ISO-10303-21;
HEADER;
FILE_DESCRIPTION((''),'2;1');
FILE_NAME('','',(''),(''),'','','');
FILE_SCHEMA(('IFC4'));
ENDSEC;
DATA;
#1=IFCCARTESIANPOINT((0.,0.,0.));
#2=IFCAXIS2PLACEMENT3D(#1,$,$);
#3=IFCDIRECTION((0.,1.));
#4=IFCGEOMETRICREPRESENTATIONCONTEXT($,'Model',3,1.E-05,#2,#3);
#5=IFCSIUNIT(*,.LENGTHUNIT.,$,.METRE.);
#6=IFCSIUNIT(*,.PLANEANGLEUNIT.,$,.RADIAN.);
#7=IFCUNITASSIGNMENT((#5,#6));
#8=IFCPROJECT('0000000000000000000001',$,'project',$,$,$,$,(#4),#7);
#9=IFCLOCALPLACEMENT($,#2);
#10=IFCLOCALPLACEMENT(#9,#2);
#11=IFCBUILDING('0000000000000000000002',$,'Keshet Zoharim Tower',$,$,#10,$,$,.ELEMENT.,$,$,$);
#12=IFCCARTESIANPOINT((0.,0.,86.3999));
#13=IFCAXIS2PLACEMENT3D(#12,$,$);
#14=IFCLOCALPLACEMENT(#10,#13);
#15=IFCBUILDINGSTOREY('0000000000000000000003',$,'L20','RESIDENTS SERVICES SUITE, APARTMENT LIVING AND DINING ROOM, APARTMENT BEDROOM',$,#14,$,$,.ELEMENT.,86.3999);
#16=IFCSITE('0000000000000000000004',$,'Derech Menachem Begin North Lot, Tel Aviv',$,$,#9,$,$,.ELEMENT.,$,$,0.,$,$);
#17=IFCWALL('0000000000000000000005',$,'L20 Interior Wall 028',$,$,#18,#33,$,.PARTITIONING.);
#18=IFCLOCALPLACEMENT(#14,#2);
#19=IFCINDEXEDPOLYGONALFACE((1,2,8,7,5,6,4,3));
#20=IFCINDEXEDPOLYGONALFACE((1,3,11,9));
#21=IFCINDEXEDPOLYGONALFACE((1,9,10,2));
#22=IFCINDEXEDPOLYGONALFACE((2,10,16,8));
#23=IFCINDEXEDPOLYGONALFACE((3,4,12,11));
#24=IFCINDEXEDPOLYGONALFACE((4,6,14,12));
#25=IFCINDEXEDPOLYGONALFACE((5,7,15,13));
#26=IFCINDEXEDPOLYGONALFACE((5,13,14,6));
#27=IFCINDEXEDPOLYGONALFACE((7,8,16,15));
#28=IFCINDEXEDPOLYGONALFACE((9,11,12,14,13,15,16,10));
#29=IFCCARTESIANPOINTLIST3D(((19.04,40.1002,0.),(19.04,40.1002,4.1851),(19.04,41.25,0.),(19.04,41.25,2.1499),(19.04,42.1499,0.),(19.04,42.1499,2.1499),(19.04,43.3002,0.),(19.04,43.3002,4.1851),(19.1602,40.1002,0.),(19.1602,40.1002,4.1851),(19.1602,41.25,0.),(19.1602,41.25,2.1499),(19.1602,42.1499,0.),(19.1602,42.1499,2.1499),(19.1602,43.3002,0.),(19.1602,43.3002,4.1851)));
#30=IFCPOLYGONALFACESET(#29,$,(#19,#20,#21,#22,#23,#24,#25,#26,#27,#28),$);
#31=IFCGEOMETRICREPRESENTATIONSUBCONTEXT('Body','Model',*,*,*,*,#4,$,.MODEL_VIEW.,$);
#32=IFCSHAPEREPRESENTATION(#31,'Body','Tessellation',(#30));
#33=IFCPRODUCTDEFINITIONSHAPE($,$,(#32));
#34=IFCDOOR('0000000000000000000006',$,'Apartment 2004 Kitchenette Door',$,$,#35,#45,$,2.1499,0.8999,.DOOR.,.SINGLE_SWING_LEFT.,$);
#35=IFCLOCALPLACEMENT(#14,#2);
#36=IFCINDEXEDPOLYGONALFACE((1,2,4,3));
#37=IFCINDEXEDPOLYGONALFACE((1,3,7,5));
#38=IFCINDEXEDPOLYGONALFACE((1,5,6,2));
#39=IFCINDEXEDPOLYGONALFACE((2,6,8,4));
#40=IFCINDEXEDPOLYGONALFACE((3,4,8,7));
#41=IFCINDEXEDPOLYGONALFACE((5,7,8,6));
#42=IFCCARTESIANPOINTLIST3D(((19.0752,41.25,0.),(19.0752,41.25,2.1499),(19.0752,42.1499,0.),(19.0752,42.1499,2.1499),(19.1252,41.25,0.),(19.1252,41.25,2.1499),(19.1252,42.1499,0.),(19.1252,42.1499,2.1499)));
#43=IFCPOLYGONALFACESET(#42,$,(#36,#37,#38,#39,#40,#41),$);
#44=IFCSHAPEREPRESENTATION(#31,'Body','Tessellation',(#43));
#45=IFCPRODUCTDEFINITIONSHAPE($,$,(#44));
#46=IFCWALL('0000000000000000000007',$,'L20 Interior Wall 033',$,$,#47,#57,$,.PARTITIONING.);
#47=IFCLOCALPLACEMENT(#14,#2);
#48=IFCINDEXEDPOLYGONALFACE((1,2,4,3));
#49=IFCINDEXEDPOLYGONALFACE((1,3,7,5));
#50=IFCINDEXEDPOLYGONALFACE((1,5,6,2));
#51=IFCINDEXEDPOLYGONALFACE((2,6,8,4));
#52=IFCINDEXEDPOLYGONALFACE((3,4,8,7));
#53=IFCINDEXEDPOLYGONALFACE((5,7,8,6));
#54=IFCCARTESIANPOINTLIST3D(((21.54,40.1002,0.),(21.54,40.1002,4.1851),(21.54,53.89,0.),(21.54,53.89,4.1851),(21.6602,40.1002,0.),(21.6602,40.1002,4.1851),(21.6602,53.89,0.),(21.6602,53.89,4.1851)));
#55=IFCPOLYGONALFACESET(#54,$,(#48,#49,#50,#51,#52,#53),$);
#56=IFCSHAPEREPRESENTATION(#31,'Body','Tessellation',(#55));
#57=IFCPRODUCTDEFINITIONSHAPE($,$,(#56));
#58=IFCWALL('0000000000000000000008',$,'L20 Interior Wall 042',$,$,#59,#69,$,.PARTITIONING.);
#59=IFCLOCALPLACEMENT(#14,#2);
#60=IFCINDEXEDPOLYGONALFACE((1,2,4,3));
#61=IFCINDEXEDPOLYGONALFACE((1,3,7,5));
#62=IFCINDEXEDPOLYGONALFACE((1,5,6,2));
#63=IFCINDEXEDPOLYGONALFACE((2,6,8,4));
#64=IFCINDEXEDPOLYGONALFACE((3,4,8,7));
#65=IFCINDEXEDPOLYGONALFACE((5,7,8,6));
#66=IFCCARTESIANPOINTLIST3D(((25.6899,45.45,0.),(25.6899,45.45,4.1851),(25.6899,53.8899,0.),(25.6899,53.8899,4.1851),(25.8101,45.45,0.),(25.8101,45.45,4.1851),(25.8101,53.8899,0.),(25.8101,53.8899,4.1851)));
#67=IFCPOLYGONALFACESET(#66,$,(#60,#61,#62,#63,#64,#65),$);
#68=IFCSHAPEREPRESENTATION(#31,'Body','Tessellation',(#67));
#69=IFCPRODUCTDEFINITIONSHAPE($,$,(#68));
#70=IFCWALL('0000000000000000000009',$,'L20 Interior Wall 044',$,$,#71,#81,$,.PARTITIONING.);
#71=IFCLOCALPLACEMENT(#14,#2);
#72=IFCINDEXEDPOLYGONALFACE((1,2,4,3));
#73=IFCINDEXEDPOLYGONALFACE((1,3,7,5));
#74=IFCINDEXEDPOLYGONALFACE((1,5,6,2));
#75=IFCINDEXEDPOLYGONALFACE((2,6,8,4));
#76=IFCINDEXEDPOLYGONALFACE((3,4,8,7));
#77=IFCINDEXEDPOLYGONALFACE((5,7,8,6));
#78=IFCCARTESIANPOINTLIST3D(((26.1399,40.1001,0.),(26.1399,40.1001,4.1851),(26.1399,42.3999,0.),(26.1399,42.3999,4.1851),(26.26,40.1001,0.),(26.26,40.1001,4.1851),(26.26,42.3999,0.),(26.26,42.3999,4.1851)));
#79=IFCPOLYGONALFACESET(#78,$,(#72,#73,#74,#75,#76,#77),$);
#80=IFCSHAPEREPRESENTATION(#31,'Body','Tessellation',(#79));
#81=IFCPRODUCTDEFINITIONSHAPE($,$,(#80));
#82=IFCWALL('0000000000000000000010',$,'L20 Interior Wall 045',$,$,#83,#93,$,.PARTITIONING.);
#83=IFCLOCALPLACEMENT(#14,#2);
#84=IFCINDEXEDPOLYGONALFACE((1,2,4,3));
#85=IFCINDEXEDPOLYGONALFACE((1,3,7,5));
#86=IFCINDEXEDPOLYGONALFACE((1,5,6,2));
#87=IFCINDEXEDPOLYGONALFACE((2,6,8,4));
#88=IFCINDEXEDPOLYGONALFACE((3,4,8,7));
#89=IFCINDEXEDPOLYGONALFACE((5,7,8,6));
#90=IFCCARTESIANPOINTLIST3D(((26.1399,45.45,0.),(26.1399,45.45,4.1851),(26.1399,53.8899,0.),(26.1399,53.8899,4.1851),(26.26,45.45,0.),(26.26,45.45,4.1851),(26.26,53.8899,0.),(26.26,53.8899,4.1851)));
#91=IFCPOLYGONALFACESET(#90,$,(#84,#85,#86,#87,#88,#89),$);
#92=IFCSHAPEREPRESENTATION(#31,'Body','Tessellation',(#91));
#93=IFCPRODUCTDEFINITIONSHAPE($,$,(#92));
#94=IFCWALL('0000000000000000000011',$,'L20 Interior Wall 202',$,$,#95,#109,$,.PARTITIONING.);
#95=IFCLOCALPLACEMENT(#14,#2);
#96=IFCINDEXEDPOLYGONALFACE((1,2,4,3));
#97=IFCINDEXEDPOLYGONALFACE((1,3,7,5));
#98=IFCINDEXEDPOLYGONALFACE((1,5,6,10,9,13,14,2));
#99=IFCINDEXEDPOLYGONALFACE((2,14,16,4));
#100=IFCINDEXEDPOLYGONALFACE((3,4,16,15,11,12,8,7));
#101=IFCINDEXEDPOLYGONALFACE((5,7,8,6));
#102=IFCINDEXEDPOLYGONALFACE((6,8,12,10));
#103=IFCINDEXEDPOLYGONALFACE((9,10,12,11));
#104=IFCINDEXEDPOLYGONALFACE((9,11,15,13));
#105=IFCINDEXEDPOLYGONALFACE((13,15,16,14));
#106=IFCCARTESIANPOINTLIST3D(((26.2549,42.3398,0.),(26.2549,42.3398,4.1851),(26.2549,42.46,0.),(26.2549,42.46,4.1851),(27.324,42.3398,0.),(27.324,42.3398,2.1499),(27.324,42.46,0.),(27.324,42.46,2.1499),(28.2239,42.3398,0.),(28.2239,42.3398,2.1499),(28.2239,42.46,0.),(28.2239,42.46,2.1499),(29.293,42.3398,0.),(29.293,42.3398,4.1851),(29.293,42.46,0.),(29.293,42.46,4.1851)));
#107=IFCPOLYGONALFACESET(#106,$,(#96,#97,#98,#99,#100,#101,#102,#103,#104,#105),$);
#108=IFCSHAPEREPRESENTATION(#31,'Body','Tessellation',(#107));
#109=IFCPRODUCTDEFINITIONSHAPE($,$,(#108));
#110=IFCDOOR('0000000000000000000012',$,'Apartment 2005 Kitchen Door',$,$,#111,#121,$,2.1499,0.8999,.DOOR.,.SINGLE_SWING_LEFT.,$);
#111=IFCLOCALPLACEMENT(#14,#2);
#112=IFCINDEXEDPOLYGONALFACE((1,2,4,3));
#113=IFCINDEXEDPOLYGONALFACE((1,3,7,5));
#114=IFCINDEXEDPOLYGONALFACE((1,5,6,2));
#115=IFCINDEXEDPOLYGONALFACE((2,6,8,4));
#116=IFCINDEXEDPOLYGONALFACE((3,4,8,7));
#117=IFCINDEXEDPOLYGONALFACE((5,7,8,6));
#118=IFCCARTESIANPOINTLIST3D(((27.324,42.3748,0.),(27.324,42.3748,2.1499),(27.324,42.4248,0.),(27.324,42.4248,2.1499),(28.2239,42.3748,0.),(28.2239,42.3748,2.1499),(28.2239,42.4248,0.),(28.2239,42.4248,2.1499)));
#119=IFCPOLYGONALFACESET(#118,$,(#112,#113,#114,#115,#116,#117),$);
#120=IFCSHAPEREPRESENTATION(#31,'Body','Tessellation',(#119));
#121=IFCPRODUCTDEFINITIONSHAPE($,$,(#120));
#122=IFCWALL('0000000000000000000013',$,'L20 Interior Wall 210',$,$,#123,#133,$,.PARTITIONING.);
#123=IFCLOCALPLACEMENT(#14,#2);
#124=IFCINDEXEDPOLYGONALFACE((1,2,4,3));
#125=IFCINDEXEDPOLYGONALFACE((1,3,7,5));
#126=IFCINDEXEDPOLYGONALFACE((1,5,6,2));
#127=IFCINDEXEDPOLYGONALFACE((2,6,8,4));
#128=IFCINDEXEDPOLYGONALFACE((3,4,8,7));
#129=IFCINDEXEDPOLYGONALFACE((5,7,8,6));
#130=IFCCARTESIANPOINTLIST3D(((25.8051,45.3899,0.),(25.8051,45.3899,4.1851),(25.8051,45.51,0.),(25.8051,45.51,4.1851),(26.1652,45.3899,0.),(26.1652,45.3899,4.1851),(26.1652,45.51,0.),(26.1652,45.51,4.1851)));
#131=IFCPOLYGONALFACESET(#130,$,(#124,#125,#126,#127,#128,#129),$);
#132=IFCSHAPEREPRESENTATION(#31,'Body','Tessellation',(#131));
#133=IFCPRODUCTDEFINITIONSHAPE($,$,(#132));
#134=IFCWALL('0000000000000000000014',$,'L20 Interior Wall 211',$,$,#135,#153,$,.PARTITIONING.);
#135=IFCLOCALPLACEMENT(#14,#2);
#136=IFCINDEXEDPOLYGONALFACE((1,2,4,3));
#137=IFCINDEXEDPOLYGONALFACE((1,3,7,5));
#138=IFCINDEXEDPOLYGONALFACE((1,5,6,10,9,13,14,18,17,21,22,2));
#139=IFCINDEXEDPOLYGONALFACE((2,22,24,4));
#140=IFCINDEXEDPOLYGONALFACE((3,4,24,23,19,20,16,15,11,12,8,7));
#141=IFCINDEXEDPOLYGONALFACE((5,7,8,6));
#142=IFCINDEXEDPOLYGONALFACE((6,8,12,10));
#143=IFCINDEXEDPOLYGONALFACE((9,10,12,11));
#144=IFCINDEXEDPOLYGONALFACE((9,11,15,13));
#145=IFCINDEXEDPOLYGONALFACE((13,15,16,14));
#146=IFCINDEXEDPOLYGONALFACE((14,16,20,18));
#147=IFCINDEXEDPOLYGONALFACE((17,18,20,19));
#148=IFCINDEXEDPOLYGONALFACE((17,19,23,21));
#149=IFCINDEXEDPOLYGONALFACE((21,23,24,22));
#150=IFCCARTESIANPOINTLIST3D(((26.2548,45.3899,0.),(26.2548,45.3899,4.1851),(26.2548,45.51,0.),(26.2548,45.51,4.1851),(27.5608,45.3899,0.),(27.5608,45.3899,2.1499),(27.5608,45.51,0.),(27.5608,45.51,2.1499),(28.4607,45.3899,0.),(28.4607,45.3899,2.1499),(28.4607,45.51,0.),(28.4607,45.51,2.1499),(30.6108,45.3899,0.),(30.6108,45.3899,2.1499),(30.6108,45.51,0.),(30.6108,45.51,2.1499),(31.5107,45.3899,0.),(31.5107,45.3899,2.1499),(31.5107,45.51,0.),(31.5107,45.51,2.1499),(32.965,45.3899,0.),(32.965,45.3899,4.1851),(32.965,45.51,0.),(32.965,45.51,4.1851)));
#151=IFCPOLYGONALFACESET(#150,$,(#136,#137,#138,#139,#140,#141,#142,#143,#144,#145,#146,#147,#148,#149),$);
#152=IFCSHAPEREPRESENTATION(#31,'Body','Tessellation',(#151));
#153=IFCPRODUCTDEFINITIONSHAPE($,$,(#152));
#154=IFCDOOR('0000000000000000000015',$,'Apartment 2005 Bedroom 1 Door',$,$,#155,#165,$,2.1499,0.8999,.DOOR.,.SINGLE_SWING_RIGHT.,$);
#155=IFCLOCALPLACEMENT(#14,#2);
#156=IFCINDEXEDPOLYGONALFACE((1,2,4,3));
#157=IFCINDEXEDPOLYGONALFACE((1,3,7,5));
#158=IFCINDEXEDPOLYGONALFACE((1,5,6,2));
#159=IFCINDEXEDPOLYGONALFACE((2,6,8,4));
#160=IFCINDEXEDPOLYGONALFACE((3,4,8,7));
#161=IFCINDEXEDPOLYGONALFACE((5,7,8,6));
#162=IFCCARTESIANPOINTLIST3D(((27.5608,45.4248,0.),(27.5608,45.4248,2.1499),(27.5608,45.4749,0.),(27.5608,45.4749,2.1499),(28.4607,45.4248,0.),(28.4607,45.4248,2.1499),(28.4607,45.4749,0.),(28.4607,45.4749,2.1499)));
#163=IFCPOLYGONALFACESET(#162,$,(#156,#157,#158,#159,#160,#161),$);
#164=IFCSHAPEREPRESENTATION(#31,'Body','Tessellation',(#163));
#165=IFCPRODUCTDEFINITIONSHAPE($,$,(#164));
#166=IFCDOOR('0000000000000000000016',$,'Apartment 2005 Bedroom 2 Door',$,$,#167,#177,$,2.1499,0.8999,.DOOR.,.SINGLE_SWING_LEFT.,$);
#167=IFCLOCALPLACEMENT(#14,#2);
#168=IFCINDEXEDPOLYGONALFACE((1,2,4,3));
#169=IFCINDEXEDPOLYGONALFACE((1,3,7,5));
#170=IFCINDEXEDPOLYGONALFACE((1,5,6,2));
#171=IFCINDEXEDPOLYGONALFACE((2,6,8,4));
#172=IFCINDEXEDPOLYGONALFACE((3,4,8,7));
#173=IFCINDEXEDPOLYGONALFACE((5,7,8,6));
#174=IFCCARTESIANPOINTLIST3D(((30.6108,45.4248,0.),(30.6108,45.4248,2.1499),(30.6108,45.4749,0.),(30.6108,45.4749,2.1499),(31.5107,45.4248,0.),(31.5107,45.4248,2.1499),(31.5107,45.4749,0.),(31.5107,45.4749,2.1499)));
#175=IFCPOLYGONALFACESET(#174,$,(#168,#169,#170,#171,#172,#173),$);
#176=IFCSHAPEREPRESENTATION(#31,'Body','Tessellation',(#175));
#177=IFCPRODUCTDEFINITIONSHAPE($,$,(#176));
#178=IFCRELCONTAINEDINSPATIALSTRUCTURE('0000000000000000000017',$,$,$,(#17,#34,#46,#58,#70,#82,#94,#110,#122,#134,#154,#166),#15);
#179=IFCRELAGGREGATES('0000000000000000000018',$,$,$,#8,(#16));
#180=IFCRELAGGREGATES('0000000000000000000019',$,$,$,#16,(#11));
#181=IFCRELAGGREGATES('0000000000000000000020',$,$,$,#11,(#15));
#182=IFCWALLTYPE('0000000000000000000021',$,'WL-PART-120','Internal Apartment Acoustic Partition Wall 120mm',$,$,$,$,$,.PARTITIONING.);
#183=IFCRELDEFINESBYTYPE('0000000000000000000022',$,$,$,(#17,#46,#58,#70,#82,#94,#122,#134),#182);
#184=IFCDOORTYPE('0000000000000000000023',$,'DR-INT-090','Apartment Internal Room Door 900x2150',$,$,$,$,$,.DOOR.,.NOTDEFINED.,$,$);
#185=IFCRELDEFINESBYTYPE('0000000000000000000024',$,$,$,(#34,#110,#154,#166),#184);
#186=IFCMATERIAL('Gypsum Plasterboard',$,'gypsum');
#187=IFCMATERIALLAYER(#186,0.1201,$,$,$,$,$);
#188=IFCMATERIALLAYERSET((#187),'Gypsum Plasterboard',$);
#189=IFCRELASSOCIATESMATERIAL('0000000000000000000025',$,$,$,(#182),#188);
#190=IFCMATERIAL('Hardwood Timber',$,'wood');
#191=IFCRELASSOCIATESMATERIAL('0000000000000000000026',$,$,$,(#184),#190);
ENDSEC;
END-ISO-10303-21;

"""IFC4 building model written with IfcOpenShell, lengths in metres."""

from ifc_helpers import new_model, si_unit, direction, frame, frame_2d, origin, place, context, subcontext, project, spatial, rectangle, extrude, material, layer, layer_set, type_object, element, fill, save


model = new_model("IFC4")

# Units and contexts
model_context = context("Model", 3, precision=1e-05, world=origin(), true_north=direction((0.0, 1.0)))
body_context = subcontext(model_context, "Body", "Model", "MODEL_VIEW")
ifc_project = project(units=[si_unit("LENGTHUNIT", "METRE"), si_unit("PLANEANGLEUNIT", "RADIAN")], contexts=[model_context])

# Site, building, storey
site_placement = place(None, origin())
site = spatial("IfcSite", under=ifc_project, at=site_placement, Name="Derech Menachem Begin North Lot, Tel Aviv", CompositionType="ELEMENT", RefElevation=0.0)
building_placement = place(site_placement, origin())
building = spatial("IfcBuilding", under=site, at=building_placement, Name="Keshet Zoharim Tower", CompositionType="ELEMENT")
storey_placement = place(building_placement, frame((0.0, 0.0, 86.3999)))
storey = spatial("IfcBuildingStorey", under=building, at=storey_placement, Name="L20", Description="RESIDENTS SERVICES SUITE, APARTMENT LIVING AND DINING ROOM, APARTMENT BEDROOM", CompositionType="ELEMENT", Elevation=86.3999)

# Shared definitions
ifc_material_1 = material(Name="Gypsum Plasterboard", Category="gypsum")

# Shared definitions
ifc_material_2 = material(Name="Hardwood Timber", Category="wood")

# Wall, opening, door
ifc_layer_1 = layer(ifc_material_1, 0.1201)
ifc_layer_set_1 = layer_set([ifc_layer_1], Name="Gypsum Plasterboard")
wall_type_1 = type_object("IfcWallType", Name="WL-PART-120", Description="Internal Apartment Acoustic Partition Wall 120mm", PredefinedType="PARTITIONING", material=ifc_layer_set_1)
wall_1_placement = place(storey_placement, frame((19.1001, 40.1001, 0.0), z_axis=(0.0, 0.0, 1.0), x_axis=(0.0, 1.0, 0.0)))
wall_1 = element("IfcWall", 1, at=wall_1_placement, inside=storey, type_object=wall_type_1, Name="L20 Interior Wall 028", PredefinedType="PARTITIONING", context=body_context, shape_type="SweptSolid", body=[
    extrude(rectangle(XDim=3.2, YDim=0.1201, at=frame_2d((1.6001, 0.0))), origin(), (0.0, 0.0, 1.0), 4.1851),
])
opening_1_placement = place(wall_1_placement, frame((1.1499, 0.0, 0.0)))
opening_1 = element("IfcOpeningElement", 2, at=opening_1_placement, cuts=wall_1, PredefinedType="OPENING", context=body_context, shape_type="SweptSolid", body=[
    extrude(rectangle(XDim=0.8999, YDim=2.1499, at=frame_2d((0.45, 1.075))), frame((0.0, 0.0701, 0.0), z_axis=(0.0, -1.0, 0.0), x_axis=(1.0, 0.0, 0.0)), (0.0, 0.0, 1.0), 0.1401),
])
door_type_1 = type_object("IfcDoorType", Name="DR-INT-090", Description="Apartment Internal Room Door 900x2150", OperationType="NOTDEFINED", PredefinedType="DOOR", material=ifc_material_2)
door_1_placement = place(opening_1_placement, origin())
door_1 = element("IfcDoor", 3, at=door_1_placement, inside=storey, type_object=door_type_1, Name="Apartment 2004 Kitchenette Door", OperationType="SINGLE_SWING_LEFT", OverallHeight=2.1499, OverallWidth=0.8999, PredefinedType="DOOR", context=body_context, shape_type="SweptSolid", body=[
    extrude(rectangle(XDim=0.8999, YDim=2.1499, at=frame_2d((0.45, 1.075))), frame((0.0, 0.0249, 0.0), z_axis=(0.0, -1.0, 0.0), x_axis=(1.0, 0.0, 0.0)), (0.0, 0.0, 1.0), 0.05),
])
fill(opening_1, door_1)

# Walls
wall_2_placement = place(storey_placement, frame((21.6001, 40.1001, 0.0), z_axis=(0.0, 0.0, 1.0), x_axis=(0.0, 1.0, 0.0)))
element("IfcWall", 4, at=wall_2_placement, inside=storey, type_object=wall_type_1, Name="L20 Interior Wall 033", PredefinedType="PARTITIONING", context=body_context, shape_type="SweptSolid", body=[
    extrude(rectangle(XDim=13.7898, YDim=0.1201, at=frame_2d((6.895, 0.0))), origin(), (0.0, 0.0, 1.0), 4.1851),
])
wall_3_placement = place(storey_placement, frame((25.75, 45.45, 0.0), z_axis=(0.0, 0.0, 1.0), x_axis=(0.0, 1.0, 0.0)))
element("IfcWall", 5, at=wall_3_placement, inside=storey, type_object=wall_type_1, Name="L20 Interior Wall 042", PredefinedType="PARTITIONING", context=body_context, shape_type="SweptSolid", body=[
    extrude(rectangle(XDim=8.4399, YDim=0.1201, at=frame_2d((4.22, 0.0))), origin(), (0.0, 0.0, 1.0), 4.1851),
])
wall_4_placement = place(storey_placement, frame((26.2, 40.1001, 0.0), z_axis=(0.0, 0.0, 1.0), x_axis=(0.0, 1.0, 0.0)))
element("IfcWall", 6, at=wall_4_placement, inside=storey, type_object=wall_type_1, Name="L20 Interior Wall 044", PredefinedType="PARTITIONING", context=body_context, shape_type="SweptSolid", body=[
    extrude(rectangle(XDim=2.2998, YDim=0.1201, at=frame_2d((1.1499, 0.0))), origin(), (0.0, 0.0, 1.0), 4.1851),
])
wall_5_placement = place(storey_placement, frame((26.2, 45.45, 0.0), z_axis=(0.0, 0.0, 1.0), x_axis=(0.0, 1.0, 0.0)))
element("IfcWall", 7, at=wall_5_placement, inside=storey, type_object=wall_type_1, Name="L20 Interior Wall 045", PredefinedType="PARTITIONING", context=body_context, shape_type="SweptSolid", body=[
    extrude(rectangle(XDim=8.4399, YDim=0.1201, at=frame_2d((4.22, 0.0))), origin(), (0.0, 0.0, 1.0), 4.1851),
])

# Wall, opening, door
wall_6_placement = place(storey_placement, frame((26.2549, 42.3999, 0.0), z_axis=(0.0, 0.0, 1.0), x_axis=(1.0, 0.0, 0.0)))
wall_6 = element("IfcWall", 8, at=wall_6_placement, inside=storey, type_object=wall_type_1, Name="L20 Interior Wall 202", PredefinedType="PARTITIONING", context=body_context, shape_type="SweptSolid", body=[
    extrude(rectangle(XDim=3.0381, YDim=0.1201, at=frame_2d((1.519, 0.0))), origin(), (0.0, 0.0, 1.0), 4.1851),
])
opening_2_placement = place(wall_6_placement, frame((1.0691, 0.0, 0.0)))
opening_2 = element("IfcOpeningElement", 9, at=opening_2_placement, cuts=wall_6, PredefinedType="OPENING", context=body_context, shape_type="SweptSolid", body=[
    extrude(rectangle(XDim=0.8999, YDim=2.1499, at=frame_2d((0.45, 1.075))), frame((0.0, 0.0701, 0.0), z_axis=(0.0, -1.0, 0.0), x_axis=(1.0, 0.0, 0.0)), (0.0, 0.0, 1.0), 0.1401),
])
door_2_placement = place(opening_2_placement, origin())
door_2 = element("IfcDoor", 10, at=door_2_placement, inside=storey, type_object=door_type_1, Name="Apartment 2005 Kitchen Door", OperationType="SINGLE_SWING_LEFT", OverallHeight=2.1499, OverallWidth=0.8999, PredefinedType="DOOR", context=body_context, shape_type="SweptSolid", body=[
    extrude(rectangle(XDim=0.8999, YDim=2.1499, at=frame_2d((0.45, 1.075))), frame((0.0, 0.0249, 0.0), z_axis=(0.0, -1.0, 0.0), x_axis=(1.0, 0.0, 0.0)), (0.0, 0.0, 1.0), 0.05),
])
fill(opening_2, door_2)

# Wall
wall_7_placement = place(storey_placement, frame((25.8049, 45.45, 0.0), z_axis=(0.0, 0.0, 1.0), x_axis=(1.0, 0.0, 0.0)))
element("IfcWall", 11, at=wall_7_placement, inside=storey, type_object=wall_type_1, Name="L20 Interior Wall 210", PredefinedType="PARTITIONING", context=body_context, shape_type="SweptSolid", body=[
    extrude(rectangle(XDim=0.3601, YDim=0.1201, at=frame_2d((0.1802, 0.0))), origin(), (0.0, 0.0, 1.0), 4.1851),
])

# Wall, openings, doors
wall_8_placement = place(storey_placement, frame((26.2549, 45.45, 0.0), z_axis=(0.0, 0.0, 1.0), x_axis=(1.0, 0.0, 0.0)))
wall_8 = element("IfcWall", 12, at=wall_8_placement, inside=storey, type_object=wall_type_1, Name="L20 Interior Wall 211", PredefinedType="PARTITIONING", context=body_context, shape_type="SweptSolid", body=[
    extrude(rectangle(XDim=6.7102, YDim=0.1201, at=frame_2d((3.355, 0.0))), origin(), (0.0, 0.0, 1.0), 4.1851),
])
opening_3_placement = place(wall_8_placement, frame((1.3059, 0.0, 0.0)))
opening_3 = element("IfcOpeningElement", 13, at=opening_3_placement, cuts=wall_8, PredefinedType="OPENING", context=body_context, shape_type="SweptSolid", body=[
    extrude(rectangle(XDim=0.8999, YDim=2.1499, at=frame_2d((0.45, 1.075))), frame((0.0, 0.0701, 0.0), z_axis=(0.0, -1.0, 0.0), x_axis=(1.0, 0.0, 0.0)), (0.0, 0.0, 1.0), 0.1401),
])
opening_4_placement = place(wall_8_placement, frame((4.356, 0.0, 0.0)))
opening_4 = element("IfcOpeningElement", 14, at=opening_4_placement, cuts=wall_8, PredefinedType="OPENING", context=body_context, shape_type="SweptSolid", body=[
    extrude(rectangle(XDim=0.8999, YDim=2.1499, at=frame_2d((0.45, 1.075))), frame((0.0, 0.0701, 0.0), z_axis=(0.0, -1.0, 0.0), x_axis=(1.0, 0.0, 0.0)), (0.0, 0.0, 1.0), 0.1401),
])
door_3_placement = place(opening_3_placement, origin())
door_3 = element("IfcDoor", 15, at=door_3_placement, inside=storey, type_object=door_type_1, Name="Apartment 2005 Bedroom 1 Door", OperationType="SINGLE_SWING_RIGHT", OverallHeight=2.1499, OverallWidth=0.8999, PredefinedType="DOOR", context=body_context, shape_type="SweptSolid", body=[
    extrude(rectangle(XDim=0.8999, YDim=2.1499, at=frame_2d((0.45, 1.075))), frame((0.0, 0.0249, 0.0), z_axis=(0.0, -1.0, 0.0), x_axis=(1.0, 0.0, 0.0)), (0.0, 0.0, 1.0), 0.05),
])
fill(opening_3, door_3)
door_4_placement = place(opening_4_placement, origin())
door_4 = element("IfcDoor", 16, at=door_4_placement, inside=storey, type_object=door_type_1, Name="Apartment 2005 Bedroom 2 Door", OperationType="SINGLE_SWING_LEFT", OverallHeight=2.1499, OverallWidth=0.8999, PredefinedType="DOOR", context=body_context, shape_type="SweptSolid", body=[
    extrude(rectangle(XDim=0.8999, YDim=2.1499, at=frame_2d((0.45, 1.075))), frame((0.0, 0.0249, 0.0), z_axis=(0.0, -1.0, 0.0), x_axis=(1.0, 0.0, 0.0)), (0.0, 0.0, 1.0), 0.05),
])
fill(opening_4, door_4)

save(model, "model.ifc")
